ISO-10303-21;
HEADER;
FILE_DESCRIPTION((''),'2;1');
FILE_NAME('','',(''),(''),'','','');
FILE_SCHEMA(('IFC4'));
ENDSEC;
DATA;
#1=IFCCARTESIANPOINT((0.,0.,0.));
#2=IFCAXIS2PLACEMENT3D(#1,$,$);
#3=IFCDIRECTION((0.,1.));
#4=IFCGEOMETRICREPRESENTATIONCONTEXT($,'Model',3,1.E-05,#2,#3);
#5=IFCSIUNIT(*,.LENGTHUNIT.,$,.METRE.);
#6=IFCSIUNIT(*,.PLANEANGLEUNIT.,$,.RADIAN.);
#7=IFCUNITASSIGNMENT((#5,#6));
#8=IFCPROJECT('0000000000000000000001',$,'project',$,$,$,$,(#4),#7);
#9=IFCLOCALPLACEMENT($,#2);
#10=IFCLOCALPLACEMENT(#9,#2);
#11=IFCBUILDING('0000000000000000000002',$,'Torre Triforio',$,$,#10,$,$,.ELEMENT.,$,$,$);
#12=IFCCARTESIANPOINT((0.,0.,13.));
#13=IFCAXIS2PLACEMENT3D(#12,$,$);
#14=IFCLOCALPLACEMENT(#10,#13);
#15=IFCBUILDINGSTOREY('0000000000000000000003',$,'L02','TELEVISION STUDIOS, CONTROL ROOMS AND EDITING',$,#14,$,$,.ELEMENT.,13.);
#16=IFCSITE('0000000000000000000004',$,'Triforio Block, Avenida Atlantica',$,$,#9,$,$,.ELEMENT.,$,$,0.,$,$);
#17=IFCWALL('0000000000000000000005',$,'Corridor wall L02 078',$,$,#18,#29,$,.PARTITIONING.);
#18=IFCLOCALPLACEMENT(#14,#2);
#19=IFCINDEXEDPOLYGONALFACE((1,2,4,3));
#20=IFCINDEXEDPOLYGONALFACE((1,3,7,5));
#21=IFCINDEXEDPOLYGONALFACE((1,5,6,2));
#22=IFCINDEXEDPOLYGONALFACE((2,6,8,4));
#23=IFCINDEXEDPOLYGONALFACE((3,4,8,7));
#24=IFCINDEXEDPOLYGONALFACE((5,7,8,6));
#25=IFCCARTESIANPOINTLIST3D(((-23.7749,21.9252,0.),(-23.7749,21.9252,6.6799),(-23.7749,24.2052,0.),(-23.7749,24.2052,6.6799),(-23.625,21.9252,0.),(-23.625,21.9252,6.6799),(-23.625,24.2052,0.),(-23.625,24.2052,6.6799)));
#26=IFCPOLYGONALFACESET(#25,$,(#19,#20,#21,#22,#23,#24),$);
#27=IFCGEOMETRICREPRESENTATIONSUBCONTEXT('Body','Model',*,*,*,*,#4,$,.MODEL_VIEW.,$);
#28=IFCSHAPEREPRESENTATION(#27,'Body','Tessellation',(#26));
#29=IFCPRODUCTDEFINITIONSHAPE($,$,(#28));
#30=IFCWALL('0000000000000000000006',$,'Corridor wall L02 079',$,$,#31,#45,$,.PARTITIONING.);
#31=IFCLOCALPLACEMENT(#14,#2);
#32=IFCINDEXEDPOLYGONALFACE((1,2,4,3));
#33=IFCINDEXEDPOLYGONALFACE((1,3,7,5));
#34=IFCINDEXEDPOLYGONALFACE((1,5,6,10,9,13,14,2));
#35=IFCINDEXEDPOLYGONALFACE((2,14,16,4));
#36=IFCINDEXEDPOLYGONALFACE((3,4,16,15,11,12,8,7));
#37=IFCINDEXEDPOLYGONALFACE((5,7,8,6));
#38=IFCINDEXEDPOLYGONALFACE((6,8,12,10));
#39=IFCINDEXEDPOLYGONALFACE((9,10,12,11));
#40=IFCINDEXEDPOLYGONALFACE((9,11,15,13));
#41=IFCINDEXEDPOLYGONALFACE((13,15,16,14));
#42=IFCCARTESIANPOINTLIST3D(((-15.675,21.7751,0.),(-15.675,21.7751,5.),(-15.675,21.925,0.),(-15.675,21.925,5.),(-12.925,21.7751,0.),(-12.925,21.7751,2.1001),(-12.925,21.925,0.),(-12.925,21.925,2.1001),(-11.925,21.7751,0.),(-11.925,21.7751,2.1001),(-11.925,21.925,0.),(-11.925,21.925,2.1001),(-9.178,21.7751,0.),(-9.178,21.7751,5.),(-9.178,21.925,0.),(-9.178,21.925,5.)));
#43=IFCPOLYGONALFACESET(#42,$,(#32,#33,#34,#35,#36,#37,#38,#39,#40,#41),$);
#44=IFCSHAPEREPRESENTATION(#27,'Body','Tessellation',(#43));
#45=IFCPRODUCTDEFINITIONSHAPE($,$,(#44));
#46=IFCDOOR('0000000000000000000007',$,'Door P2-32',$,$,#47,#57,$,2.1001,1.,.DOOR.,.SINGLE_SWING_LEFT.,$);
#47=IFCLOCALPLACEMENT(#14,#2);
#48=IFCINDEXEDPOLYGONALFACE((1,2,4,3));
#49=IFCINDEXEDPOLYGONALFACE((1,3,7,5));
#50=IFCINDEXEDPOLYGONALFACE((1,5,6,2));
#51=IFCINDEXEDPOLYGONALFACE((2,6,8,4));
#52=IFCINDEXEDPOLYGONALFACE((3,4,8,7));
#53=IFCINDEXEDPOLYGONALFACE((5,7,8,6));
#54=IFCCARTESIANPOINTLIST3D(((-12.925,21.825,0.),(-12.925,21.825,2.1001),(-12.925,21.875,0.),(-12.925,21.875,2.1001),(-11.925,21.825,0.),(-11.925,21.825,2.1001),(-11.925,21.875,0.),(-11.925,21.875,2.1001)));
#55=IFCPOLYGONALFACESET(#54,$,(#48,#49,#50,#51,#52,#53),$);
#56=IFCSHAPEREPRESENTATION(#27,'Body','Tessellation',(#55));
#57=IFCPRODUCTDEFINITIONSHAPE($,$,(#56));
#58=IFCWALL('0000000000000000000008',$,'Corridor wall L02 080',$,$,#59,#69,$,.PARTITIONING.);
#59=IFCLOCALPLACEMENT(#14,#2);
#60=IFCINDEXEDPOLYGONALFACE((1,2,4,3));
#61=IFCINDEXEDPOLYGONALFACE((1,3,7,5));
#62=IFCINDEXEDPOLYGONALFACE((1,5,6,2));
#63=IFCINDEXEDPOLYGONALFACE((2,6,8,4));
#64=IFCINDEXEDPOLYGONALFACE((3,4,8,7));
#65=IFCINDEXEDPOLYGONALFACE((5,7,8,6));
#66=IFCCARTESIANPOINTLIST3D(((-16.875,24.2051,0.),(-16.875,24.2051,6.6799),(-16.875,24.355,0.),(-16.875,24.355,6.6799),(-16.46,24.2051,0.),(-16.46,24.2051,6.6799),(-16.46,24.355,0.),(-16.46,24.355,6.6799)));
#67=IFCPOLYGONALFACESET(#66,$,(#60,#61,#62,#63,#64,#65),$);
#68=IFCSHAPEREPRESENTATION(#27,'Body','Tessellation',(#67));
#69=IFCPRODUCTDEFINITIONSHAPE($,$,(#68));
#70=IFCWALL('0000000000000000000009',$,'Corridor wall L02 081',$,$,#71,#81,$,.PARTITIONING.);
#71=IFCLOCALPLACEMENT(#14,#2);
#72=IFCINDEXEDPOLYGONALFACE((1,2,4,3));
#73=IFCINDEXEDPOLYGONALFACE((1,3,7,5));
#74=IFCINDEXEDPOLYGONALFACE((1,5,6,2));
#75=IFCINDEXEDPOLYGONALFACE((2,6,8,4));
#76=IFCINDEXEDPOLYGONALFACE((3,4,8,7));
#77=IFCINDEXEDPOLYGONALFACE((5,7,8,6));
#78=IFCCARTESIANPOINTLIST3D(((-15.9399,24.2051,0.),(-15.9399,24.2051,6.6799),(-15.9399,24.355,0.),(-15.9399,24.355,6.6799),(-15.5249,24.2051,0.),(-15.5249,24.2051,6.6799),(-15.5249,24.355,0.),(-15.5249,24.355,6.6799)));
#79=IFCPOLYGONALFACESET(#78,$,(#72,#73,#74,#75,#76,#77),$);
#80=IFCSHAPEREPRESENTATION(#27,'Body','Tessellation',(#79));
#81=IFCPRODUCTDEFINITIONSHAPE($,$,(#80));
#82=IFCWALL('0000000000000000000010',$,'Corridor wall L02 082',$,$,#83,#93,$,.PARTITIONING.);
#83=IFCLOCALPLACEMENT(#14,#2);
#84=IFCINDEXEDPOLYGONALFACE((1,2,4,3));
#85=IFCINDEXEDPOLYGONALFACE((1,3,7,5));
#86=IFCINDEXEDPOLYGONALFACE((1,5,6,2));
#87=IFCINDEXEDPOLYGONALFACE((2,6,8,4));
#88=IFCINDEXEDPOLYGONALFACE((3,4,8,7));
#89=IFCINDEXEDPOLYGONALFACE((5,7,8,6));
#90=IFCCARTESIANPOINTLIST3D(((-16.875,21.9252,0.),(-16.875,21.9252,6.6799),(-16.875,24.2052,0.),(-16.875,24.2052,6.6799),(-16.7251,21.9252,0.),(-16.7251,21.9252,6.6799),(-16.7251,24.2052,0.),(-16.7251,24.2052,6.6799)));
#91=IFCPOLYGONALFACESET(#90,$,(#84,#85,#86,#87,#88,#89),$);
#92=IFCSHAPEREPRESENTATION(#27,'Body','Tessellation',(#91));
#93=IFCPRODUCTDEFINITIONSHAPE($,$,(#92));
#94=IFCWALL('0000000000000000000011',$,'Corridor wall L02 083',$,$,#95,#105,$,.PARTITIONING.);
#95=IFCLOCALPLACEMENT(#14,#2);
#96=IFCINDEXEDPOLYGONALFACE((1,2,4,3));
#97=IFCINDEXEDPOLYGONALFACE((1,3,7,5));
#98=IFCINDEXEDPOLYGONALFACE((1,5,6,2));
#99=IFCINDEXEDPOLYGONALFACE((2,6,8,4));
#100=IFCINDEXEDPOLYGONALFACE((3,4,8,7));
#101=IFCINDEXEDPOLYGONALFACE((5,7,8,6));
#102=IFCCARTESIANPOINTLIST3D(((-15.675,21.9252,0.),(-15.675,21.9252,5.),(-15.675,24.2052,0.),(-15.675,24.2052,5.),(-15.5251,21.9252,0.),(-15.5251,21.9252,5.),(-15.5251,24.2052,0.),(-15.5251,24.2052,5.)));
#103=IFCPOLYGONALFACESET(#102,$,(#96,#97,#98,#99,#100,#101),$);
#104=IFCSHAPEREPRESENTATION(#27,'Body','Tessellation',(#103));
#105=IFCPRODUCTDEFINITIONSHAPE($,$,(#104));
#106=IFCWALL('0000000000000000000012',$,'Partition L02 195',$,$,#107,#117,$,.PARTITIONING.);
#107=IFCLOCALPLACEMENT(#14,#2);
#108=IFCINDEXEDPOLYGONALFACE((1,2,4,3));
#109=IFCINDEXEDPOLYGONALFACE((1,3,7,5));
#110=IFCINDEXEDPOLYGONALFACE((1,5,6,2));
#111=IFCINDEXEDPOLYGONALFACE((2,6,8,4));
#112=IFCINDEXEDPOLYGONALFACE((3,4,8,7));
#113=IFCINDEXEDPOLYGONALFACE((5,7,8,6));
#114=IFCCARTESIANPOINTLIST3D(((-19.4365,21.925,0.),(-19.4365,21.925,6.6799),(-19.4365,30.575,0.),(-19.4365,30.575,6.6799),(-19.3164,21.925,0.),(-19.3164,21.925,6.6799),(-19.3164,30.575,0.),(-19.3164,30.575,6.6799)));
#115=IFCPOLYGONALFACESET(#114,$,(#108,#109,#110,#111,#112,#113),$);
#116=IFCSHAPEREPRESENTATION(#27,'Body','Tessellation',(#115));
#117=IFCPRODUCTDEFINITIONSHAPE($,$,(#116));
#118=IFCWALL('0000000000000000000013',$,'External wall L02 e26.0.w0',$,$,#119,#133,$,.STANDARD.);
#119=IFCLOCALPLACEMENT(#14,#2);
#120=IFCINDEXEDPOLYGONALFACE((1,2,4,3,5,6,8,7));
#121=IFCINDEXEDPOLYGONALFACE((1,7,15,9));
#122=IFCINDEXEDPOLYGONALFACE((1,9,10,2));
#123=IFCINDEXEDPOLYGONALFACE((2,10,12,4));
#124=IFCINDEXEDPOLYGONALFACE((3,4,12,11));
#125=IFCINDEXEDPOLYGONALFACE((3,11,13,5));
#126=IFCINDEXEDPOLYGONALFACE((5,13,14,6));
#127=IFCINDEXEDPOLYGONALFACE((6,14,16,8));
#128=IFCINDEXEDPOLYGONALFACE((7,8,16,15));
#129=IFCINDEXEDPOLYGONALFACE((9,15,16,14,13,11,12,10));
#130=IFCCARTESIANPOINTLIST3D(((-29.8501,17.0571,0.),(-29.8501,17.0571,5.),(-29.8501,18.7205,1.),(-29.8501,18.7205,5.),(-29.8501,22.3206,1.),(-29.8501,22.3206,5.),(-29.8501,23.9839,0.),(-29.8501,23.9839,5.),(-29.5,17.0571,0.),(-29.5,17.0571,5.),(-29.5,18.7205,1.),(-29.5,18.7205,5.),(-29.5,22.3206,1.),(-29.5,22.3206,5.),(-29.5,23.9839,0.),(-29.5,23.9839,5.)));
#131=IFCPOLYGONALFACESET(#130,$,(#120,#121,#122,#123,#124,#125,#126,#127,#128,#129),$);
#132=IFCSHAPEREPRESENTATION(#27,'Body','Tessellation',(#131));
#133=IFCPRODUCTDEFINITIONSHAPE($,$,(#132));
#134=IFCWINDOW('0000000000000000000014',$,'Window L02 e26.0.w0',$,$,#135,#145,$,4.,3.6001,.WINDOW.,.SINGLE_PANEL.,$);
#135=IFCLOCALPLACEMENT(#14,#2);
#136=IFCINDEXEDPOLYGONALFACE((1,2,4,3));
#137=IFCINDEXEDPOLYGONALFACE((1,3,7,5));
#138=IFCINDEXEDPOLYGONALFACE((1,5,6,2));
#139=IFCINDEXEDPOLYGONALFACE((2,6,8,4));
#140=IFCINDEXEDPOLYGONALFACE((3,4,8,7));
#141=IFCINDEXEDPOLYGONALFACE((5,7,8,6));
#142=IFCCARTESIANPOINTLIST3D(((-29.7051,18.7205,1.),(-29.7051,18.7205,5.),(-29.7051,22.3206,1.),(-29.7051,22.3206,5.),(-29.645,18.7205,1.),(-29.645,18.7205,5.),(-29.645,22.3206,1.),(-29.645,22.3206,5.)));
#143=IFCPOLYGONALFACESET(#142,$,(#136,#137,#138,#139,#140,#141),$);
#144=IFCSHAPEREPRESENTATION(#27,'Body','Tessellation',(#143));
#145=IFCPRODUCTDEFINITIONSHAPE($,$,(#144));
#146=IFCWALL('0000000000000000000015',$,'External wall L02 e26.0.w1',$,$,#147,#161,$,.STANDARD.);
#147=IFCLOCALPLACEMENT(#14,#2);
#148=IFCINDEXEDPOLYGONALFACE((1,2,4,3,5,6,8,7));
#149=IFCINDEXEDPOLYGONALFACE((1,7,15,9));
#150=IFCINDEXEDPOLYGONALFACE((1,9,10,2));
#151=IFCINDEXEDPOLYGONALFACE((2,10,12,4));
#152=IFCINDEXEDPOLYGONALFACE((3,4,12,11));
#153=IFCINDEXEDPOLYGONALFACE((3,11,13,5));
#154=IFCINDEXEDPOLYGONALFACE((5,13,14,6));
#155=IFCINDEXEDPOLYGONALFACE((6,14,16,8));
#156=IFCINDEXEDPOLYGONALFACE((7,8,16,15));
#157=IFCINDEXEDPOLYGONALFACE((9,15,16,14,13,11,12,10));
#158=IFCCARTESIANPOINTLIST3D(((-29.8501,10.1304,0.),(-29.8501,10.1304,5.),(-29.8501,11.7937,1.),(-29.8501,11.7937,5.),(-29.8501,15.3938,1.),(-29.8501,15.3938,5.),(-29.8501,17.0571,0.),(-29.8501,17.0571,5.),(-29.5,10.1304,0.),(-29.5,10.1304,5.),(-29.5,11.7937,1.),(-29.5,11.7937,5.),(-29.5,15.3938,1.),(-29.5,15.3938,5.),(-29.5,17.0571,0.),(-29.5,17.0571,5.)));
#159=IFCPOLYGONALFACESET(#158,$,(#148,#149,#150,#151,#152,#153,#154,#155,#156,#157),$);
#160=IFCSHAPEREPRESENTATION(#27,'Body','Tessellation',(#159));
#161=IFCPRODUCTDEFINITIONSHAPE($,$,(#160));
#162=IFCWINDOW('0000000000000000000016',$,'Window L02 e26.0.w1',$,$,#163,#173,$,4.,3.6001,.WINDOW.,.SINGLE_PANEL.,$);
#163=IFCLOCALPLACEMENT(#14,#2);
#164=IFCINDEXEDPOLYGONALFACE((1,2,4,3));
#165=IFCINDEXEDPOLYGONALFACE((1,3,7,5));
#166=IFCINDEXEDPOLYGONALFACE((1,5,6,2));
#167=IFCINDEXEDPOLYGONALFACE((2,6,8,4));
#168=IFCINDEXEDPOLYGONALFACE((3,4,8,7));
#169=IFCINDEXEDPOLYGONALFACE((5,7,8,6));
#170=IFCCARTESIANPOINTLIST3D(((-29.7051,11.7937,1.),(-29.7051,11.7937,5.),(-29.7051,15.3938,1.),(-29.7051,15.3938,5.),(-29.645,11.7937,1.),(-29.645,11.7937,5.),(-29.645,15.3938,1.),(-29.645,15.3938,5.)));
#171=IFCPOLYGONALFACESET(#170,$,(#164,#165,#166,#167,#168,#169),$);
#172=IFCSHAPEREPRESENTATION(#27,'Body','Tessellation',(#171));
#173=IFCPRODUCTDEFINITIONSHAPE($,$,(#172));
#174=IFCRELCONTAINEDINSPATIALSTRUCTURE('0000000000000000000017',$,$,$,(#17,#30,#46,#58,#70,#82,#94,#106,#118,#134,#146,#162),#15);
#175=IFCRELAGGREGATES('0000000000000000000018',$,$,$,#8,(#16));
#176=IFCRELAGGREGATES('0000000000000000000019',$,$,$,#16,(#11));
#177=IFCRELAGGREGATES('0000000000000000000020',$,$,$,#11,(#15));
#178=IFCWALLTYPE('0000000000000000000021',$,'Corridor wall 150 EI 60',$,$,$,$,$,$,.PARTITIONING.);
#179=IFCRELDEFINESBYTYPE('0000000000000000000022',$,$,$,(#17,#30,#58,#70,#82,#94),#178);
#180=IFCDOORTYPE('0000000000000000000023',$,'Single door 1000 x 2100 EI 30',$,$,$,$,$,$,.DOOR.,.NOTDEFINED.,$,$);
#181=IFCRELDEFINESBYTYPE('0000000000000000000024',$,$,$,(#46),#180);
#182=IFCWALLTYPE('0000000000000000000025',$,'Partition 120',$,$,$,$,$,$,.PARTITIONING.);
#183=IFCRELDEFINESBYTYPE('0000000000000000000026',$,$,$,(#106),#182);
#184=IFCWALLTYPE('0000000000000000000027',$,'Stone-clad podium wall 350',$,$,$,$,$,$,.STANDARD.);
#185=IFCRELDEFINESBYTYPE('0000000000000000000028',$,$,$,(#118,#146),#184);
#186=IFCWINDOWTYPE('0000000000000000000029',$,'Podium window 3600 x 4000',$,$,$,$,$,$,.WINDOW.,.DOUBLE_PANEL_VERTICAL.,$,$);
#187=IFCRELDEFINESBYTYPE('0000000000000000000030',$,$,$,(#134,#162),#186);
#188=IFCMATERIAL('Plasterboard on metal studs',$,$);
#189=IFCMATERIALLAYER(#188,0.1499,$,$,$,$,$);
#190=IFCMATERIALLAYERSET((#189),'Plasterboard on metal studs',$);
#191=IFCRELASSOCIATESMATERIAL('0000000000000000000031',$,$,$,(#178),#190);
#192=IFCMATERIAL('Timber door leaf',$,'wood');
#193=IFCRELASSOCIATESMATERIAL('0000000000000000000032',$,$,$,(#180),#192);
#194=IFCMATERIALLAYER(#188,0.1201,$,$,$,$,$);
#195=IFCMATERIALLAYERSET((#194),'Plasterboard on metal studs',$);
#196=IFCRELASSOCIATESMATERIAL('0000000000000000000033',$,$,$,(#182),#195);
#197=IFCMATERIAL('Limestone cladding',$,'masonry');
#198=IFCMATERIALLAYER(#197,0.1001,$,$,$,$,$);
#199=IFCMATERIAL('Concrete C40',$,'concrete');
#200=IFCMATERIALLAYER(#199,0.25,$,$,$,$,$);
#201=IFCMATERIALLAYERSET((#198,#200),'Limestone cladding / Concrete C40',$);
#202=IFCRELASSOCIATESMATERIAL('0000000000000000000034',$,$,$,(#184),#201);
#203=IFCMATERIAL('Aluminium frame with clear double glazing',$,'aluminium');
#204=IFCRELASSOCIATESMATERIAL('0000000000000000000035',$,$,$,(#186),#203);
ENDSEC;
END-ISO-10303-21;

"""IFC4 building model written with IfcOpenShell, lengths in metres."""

from ifc_helpers import new_model, si_unit, direction, frame, frame_2d, origin, place, context, subcontext, project, spatial, rectangle, extrude, material, layer, layer_set, type_object, element, fill, save


model = new_model("IFC4")

# Units and contexts
model_context = context("Model", 3, precision=1e-05, world=origin(), true_north=direction((0.0, 1.0)))
body_context = subcontext(model_context, "Body", "Model", "MODEL_VIEW")
ifc_project = project(units=[si_unit("LENGTHUNIT", "METRE"), si_unit("PLANEANGLEUNIT", "RADIAN")], contexts=[model_context])

# Site, building, storey
site_placement = place(None, origin())
site = spatial("IfcSite", under=ifc_project, at=site_placement, Name="Triforio Block, Avenida Atlantica", CompositionType="ELEMENT", RefElevation=0.0)
building_placement = place(site_placement, origin())
building = spatial("IfcBuilding", under=site, at=building_placement, Name="Torre Triforio", CompositionType="ELEMENT")
storey_placement = place(building_placement, frame((0.0, 0.0, 13.0)))
storey = spatial("IfcBuildingStorey", under=building, at=storey_placement, Name="L02", Description="TELEVISION STUDIOS, CONTROL ROOMS AND EDITING", CompositionType="ELEMENT", Elevation=13.0)

# Shared definitions
ifc_material_1 = material(Name="Plasterboard on metal studs")
ifc_layer_1 = layer(ifc_material_1, 0.1499)
ifc_layer_set_1 = layer_set([ifc_layer_1], Name="Plasterboard on metal studs")
wall_type_1 = type_object("IfcWallType", Name="Corridor wall 150 EI 60", PredefinedType="PARTITIONING", material=ifc_layer_set_1)
ifc_material_2 = material(Name="Timber door leaf", Category="wood")
door_type = type_object("IfcDoorType", Name="Single door 1000 x 2100 EI 30", OperationType="NOTDEFINED", PredefinedType="DOOR", material=ifc_material_2)

# Wall
for number, where, z_axis, x_axis, name in (
    (1, (-23.7, 21.925, 0.0), (0.0, 0.0, 1.0), (0.0, 1.0, 0.0), "Corridor wall L02 078"),
):
    element("IfcWall", number, at=place(storey_placement, frame(where, z_axis=z_axis, x_axis=x_axis)), inside=storey, type_object=wall_type_1, Name=name, PredefinedType="PARTITIONING", context=body_context, shape_type="SweptSolid", body=[
        extrude(rectangle(XDim=2.28, YDim=0.1499, at=frame_2d((1.1401, 0.0))), origin(), (0.0, 0.0, 1.0), 6.6799),
    ])

# Wall, opening, door
wall_1_placement = place(storey_placement, frame((-15.675, 21.8501, 0.0), z_axis=(0.0, 0.0, 1.0), x_axis=(1.0, 0.0, 0.0)))
wall_1 = element("IfcWall", 2, at=wall_1_placement, inside=storey, type_object=wall_type_1, Name="Corridor wall L02 079", PredefinedType="PARTITIONING", context=body_context, shape_type="SweptSolid", body=[
    extrude(rectangle(XDim=6.4971, YDim=0.1499, at=frame_2d((3.2485, 0.0))), origin(), (0.0, 0.0, 1.0), 5.0),
])
opening_1_placement = place(wall_1_placement, frame((2.75, 0.0, 0.0)))
opening_1 = element("IfcOpeningElement", 3, at=opening_1_placement, cuts=wall_1, PredefinedType="OPENING", context=body_context, shape_type="SweptSolid", body=[
    extrude(rectangle(XDim=1.0, YDim=2.1001, at=frame_2d((0.5, 1.05))), frame((0.0, 0.085, 0.0), z_axis=(0.0, -1.0, 0.0), x_axis=(1.0, 0.0, 0.0)), (0.0, 0.0, 1.0), 0.1699),
])
door_1_placement = place(opening_1_placement, origin())
door_1 = element("IfcDoor", 4, at=door_1_placement, inside=storey, type_object=door_type, Name="Door P2-32", OperationType="SINGLE_SWING_LEFT", OverallHeight=2.1001, OverallWidth=1.0, PredefinedType="DOOR", context=body_context, shape_type="SweptSolid", body=[
    extrude(rectangle(XDim=1.0, YDim=2.1001, at=frame_2d((0.5, 1.05))), frame((0.0, 0.0249, 0.0), z_axis=(0.0, -1.0, 0.0), x_axis=(1.0, 0.0, 0.0)), (0.0, 0.0, 1.0), 0.05),
])
fill(opening_1, door_1)

# Walls
for number, where, z_axis, x_axis, name in (
    (5, (-16.875, 24.28, 0.0), (0.0, 0.0, 1.0), (1.0, 0.0, 0.0), "Corridor wall L02 080"),
    (6, (-15.9399, 24.28, 0.0), (0.0, 0.0, 1.0), (1.0, 0.0, 0.0), "Corridor wall L02 081"),
):
    element("IfcWall", number, at=place(storey_placement, frame(where, z_axis=z_axis, x_axis=x_axis)), inside=storey, type_object=wall_type_1, Name=name, PredefinedType="PARTITIONING", context=body_context, shape_type="SweptSolid", body=[
        extrude(rectangle(XDim=0.415, YDim=0.1499, at=frame_2d((0.2075, 0.0))), origin(), (0.0, 0.0, 1.0), 6.6799),
    ])
wall_2_placement = place(storey_placement, frame((-16.8, 21.925, 0.0), z_axis=(0.0, 0.0, 1.0), x_axis=(0.0, 1.0, 0.0)))
element("IfcWall", 7, at=wall_2_placement, inside=storey, type_object=wall_type_1, Name="Corridor wall L02 082", PredefinedType="PARTITIONING", context=body_context, shape_type="SweptSolid", body=[
    extrude(rectangle(XDim=2.28, YDim=0.1499, at=frame_2d((1.1401, 0.0))), origin(), (0.0, 0.0, 1.0), 6.6799),
])
wall_3_placement = place(storey_placement, frame((-15.6001, 21.925, 0.0), z_axis=(0.0, 0.0, 1.0), x_axis=(0.0, 1.0, 0.0)))
element("IfcWall", 8, at=wall_3_placement, inside=storey, type_object=wall_type_1, Name="Corridor wall L02 083", PredefinedType="PARTITIONING", context=body_context, shape_type="SweptSolid", body=[
    extrude(rectangle(XDim=2.28, YDim=0.1499, at=frame_2d((1.1401, 0.0))), origin(), (0.0, 0.0, 1.0), 5.0),
])
ifc_layer_2 = layer(ifc_material_1, 0.1201)
ifc_layer_set_2 = layer_set([ifc_layer_2], Name="Plasterboard on metal studs")
wall_type_2 = type_object("IfcWallType", Name="Partition 120", PredefinedType="PARTITIONING", material=ifc_layer_set_2)
wall_4_placement = place(storey_placement, frame((-19.3765, 21.925, 0.0), z_axis=(0.0, 0.0, 1.0), x_axis=(0.0, 1.0, 0.0)))
element("IfcWall", 9, at=wall_4_placement, inside=storey, type_object=wall_type_2, Name="Partition L02 195", PredefinedType="PARTITIONING", context=body_context, shape_type="SweptSolid", body=[
    extrude(rectangle(XDim=8.6499, YDim=0.1201, at=frame_2d((4.325, 0.0))), origin(), (0.0, 0.0, 1.0), 6.6799),
])

# Walls, openings, windows
ifc_material_3 = material(Name="Limestone cladding", Category="masonry")
ifc_layer_3 = layer(ifc_material_3, 0.1001)
ifc_material_4 = material(Name="Concrete C40", Category="concrete")
ifc_layer_4 = layer(ifc_material_4, 0.25)
ifc_layer_set_3 = layer_set([ifc_layer_3, ifc_layer_4], Name="Limestone cladding / Concrete C40")
wall_type_3 = type_object("IfcWallType", Name="Stone-clad podium wall 350", PredefinedType="STANDARD", material=ifc_layer_set_3)
wall_5_placement = place(storey_placement, frame((-29.675, 23.9839, 0.0), z_axis=(0.0, 0.0, 1.0), x_axis=(0.0, -1.0, 0.0)))
wall_5 = element("IfcWall", 10, at=wall_5_placement, inside=storey, type_object=wall_type_3, Name="External wall L02 e26.0.w0", PredefinedType="STANDARD", context=body_context, shape_type="SweptSolid", body=[
    extrude(rectangle(XDim=6.9268, YDim=0.3501, at=frame_2d((3.4634, 0.0))), origin(), (0.0, 0.0, 1.0), 5.0),
])
opening_2_placement = place(wall_5_placement, frame((1.6633, 0.0, 1.0)))
opening_2 = element("IfcOpeningElement", 11, at=opening_2_placement, cuts=wall_5, PredefinedType="OPENING", context=body_context, shape_type="SweptSolid", body=[
    extrude(rectangle(XDim=3.6001, YDim=4.0, at=frame_2d((1.8, 2.0))), frame((0.0, 0.1851, 0.0), z_axis=(0.0, -1.0, 0.0), x_axis=(1.0, 0.0, 0.0)), (0.0, 0.0, 1.0), 0.3701),
])
ifc_material_5 = material(Name="Aluminium frame with clear double glazing", Category="aluminium")
window_type = type_object("IfcWindowType", Name="Podium window 3600 x 4000", PartitioningType="DOUBLE_PANEL_VERTICAL", PredefinedType="WINDOW", material=ifc_material_5)
window_1_placement = place(opening_2_placement, origin())
window_1 = element("IfcWindow", 12, at=window_1_placement, inside=storey, type_object=window_type, Name="Window L02 e26.0.w0", OverallHeight=4.0, OverallWidth=3.6001, PartitioningType="SINGLE_PANEL", PredefinedType="WINDOW", context=body_context, shape_type="SweptSolid", body=[
    extrude(rectangle(XDim=3.6001, YDim=4.0, at=frame_2d((1.8, 2.0))), frame((0.0, 0.03, 0.0), z_axis=(0.0, -1.0, 0.0), x_axis=(1.0, 0.0, 0.0)), (0.0, 0.0, 1.0), 0.0601),
])
fill(opening_2, window_1)
wall_6_placement = place(storey_placement, frame((-29.675, 17.0571, 0.0), z_axis=(0.0, 0.0, 1.0), x_axis=(0.0, -1.0, 0.0)))
wall_6 = element("IfcWall", 13, at=wall_6_placement, inside=storey, type_object=wall_type_3, Name="External wall L02 e26.0.w1", PredefinedType="STANDARD", context=body_context, shape_type="SweptSolid", body=[
    extrude(rectangle(XDim=6.9268, YDim=0.3501, at=frame_2d((3.4634, 0.0))), origin(), (0.0, 0.0, 1.0), 5.0),
])
opening_3_placement = place(wall_6_placement, frame((1.6633, 0.0, 1.0)))
opening_3 = element("IfcOpeningElement", 14, at=opening_3_placement, cuts=wall_6, PredefinedType="OPENING", context=body_context, shape_type="SweptSolid", body=[
    extrude(rectangle(XDim=3.6001, YDim=4.0, at=frame_2d((1.8, 2.0))), frame((0.0, 0.1851, 0.0), z_axis=(0.0, -1.0, 0.0), x_axis=(1.0, 0.0, 0.0)), (0.0, 0.0, 1.0), 0.3701),
])
window_2_placement = place(opening_3_placement, origin())
window_2 = element("IfcWindow", 15, at=window_2_placement, inside=storey, type_object=window_type, Name="Window L02 e26.0.w1", OverallHeight=4.0, OverallWidth=3.6001, PartitioningType="SINGLE_PANEL", PredefinedType="WINDOW", context=body_context, shape_type="SweptSolid", body=[
    extrude(rectangle(XDim=3.6001, YDim=4.0, at=frame_2d((1.8, 2.0))), frame((0.0, 0.03, 0.0), z_axis=(0.0, -1.0, 0.0), x_axis=(1.0, 0.0, 0.0)), (0.0, 0.0, 1.0), 0.0601),
])
fill(opening_3, window_2)

save(model, "model.ifc")
